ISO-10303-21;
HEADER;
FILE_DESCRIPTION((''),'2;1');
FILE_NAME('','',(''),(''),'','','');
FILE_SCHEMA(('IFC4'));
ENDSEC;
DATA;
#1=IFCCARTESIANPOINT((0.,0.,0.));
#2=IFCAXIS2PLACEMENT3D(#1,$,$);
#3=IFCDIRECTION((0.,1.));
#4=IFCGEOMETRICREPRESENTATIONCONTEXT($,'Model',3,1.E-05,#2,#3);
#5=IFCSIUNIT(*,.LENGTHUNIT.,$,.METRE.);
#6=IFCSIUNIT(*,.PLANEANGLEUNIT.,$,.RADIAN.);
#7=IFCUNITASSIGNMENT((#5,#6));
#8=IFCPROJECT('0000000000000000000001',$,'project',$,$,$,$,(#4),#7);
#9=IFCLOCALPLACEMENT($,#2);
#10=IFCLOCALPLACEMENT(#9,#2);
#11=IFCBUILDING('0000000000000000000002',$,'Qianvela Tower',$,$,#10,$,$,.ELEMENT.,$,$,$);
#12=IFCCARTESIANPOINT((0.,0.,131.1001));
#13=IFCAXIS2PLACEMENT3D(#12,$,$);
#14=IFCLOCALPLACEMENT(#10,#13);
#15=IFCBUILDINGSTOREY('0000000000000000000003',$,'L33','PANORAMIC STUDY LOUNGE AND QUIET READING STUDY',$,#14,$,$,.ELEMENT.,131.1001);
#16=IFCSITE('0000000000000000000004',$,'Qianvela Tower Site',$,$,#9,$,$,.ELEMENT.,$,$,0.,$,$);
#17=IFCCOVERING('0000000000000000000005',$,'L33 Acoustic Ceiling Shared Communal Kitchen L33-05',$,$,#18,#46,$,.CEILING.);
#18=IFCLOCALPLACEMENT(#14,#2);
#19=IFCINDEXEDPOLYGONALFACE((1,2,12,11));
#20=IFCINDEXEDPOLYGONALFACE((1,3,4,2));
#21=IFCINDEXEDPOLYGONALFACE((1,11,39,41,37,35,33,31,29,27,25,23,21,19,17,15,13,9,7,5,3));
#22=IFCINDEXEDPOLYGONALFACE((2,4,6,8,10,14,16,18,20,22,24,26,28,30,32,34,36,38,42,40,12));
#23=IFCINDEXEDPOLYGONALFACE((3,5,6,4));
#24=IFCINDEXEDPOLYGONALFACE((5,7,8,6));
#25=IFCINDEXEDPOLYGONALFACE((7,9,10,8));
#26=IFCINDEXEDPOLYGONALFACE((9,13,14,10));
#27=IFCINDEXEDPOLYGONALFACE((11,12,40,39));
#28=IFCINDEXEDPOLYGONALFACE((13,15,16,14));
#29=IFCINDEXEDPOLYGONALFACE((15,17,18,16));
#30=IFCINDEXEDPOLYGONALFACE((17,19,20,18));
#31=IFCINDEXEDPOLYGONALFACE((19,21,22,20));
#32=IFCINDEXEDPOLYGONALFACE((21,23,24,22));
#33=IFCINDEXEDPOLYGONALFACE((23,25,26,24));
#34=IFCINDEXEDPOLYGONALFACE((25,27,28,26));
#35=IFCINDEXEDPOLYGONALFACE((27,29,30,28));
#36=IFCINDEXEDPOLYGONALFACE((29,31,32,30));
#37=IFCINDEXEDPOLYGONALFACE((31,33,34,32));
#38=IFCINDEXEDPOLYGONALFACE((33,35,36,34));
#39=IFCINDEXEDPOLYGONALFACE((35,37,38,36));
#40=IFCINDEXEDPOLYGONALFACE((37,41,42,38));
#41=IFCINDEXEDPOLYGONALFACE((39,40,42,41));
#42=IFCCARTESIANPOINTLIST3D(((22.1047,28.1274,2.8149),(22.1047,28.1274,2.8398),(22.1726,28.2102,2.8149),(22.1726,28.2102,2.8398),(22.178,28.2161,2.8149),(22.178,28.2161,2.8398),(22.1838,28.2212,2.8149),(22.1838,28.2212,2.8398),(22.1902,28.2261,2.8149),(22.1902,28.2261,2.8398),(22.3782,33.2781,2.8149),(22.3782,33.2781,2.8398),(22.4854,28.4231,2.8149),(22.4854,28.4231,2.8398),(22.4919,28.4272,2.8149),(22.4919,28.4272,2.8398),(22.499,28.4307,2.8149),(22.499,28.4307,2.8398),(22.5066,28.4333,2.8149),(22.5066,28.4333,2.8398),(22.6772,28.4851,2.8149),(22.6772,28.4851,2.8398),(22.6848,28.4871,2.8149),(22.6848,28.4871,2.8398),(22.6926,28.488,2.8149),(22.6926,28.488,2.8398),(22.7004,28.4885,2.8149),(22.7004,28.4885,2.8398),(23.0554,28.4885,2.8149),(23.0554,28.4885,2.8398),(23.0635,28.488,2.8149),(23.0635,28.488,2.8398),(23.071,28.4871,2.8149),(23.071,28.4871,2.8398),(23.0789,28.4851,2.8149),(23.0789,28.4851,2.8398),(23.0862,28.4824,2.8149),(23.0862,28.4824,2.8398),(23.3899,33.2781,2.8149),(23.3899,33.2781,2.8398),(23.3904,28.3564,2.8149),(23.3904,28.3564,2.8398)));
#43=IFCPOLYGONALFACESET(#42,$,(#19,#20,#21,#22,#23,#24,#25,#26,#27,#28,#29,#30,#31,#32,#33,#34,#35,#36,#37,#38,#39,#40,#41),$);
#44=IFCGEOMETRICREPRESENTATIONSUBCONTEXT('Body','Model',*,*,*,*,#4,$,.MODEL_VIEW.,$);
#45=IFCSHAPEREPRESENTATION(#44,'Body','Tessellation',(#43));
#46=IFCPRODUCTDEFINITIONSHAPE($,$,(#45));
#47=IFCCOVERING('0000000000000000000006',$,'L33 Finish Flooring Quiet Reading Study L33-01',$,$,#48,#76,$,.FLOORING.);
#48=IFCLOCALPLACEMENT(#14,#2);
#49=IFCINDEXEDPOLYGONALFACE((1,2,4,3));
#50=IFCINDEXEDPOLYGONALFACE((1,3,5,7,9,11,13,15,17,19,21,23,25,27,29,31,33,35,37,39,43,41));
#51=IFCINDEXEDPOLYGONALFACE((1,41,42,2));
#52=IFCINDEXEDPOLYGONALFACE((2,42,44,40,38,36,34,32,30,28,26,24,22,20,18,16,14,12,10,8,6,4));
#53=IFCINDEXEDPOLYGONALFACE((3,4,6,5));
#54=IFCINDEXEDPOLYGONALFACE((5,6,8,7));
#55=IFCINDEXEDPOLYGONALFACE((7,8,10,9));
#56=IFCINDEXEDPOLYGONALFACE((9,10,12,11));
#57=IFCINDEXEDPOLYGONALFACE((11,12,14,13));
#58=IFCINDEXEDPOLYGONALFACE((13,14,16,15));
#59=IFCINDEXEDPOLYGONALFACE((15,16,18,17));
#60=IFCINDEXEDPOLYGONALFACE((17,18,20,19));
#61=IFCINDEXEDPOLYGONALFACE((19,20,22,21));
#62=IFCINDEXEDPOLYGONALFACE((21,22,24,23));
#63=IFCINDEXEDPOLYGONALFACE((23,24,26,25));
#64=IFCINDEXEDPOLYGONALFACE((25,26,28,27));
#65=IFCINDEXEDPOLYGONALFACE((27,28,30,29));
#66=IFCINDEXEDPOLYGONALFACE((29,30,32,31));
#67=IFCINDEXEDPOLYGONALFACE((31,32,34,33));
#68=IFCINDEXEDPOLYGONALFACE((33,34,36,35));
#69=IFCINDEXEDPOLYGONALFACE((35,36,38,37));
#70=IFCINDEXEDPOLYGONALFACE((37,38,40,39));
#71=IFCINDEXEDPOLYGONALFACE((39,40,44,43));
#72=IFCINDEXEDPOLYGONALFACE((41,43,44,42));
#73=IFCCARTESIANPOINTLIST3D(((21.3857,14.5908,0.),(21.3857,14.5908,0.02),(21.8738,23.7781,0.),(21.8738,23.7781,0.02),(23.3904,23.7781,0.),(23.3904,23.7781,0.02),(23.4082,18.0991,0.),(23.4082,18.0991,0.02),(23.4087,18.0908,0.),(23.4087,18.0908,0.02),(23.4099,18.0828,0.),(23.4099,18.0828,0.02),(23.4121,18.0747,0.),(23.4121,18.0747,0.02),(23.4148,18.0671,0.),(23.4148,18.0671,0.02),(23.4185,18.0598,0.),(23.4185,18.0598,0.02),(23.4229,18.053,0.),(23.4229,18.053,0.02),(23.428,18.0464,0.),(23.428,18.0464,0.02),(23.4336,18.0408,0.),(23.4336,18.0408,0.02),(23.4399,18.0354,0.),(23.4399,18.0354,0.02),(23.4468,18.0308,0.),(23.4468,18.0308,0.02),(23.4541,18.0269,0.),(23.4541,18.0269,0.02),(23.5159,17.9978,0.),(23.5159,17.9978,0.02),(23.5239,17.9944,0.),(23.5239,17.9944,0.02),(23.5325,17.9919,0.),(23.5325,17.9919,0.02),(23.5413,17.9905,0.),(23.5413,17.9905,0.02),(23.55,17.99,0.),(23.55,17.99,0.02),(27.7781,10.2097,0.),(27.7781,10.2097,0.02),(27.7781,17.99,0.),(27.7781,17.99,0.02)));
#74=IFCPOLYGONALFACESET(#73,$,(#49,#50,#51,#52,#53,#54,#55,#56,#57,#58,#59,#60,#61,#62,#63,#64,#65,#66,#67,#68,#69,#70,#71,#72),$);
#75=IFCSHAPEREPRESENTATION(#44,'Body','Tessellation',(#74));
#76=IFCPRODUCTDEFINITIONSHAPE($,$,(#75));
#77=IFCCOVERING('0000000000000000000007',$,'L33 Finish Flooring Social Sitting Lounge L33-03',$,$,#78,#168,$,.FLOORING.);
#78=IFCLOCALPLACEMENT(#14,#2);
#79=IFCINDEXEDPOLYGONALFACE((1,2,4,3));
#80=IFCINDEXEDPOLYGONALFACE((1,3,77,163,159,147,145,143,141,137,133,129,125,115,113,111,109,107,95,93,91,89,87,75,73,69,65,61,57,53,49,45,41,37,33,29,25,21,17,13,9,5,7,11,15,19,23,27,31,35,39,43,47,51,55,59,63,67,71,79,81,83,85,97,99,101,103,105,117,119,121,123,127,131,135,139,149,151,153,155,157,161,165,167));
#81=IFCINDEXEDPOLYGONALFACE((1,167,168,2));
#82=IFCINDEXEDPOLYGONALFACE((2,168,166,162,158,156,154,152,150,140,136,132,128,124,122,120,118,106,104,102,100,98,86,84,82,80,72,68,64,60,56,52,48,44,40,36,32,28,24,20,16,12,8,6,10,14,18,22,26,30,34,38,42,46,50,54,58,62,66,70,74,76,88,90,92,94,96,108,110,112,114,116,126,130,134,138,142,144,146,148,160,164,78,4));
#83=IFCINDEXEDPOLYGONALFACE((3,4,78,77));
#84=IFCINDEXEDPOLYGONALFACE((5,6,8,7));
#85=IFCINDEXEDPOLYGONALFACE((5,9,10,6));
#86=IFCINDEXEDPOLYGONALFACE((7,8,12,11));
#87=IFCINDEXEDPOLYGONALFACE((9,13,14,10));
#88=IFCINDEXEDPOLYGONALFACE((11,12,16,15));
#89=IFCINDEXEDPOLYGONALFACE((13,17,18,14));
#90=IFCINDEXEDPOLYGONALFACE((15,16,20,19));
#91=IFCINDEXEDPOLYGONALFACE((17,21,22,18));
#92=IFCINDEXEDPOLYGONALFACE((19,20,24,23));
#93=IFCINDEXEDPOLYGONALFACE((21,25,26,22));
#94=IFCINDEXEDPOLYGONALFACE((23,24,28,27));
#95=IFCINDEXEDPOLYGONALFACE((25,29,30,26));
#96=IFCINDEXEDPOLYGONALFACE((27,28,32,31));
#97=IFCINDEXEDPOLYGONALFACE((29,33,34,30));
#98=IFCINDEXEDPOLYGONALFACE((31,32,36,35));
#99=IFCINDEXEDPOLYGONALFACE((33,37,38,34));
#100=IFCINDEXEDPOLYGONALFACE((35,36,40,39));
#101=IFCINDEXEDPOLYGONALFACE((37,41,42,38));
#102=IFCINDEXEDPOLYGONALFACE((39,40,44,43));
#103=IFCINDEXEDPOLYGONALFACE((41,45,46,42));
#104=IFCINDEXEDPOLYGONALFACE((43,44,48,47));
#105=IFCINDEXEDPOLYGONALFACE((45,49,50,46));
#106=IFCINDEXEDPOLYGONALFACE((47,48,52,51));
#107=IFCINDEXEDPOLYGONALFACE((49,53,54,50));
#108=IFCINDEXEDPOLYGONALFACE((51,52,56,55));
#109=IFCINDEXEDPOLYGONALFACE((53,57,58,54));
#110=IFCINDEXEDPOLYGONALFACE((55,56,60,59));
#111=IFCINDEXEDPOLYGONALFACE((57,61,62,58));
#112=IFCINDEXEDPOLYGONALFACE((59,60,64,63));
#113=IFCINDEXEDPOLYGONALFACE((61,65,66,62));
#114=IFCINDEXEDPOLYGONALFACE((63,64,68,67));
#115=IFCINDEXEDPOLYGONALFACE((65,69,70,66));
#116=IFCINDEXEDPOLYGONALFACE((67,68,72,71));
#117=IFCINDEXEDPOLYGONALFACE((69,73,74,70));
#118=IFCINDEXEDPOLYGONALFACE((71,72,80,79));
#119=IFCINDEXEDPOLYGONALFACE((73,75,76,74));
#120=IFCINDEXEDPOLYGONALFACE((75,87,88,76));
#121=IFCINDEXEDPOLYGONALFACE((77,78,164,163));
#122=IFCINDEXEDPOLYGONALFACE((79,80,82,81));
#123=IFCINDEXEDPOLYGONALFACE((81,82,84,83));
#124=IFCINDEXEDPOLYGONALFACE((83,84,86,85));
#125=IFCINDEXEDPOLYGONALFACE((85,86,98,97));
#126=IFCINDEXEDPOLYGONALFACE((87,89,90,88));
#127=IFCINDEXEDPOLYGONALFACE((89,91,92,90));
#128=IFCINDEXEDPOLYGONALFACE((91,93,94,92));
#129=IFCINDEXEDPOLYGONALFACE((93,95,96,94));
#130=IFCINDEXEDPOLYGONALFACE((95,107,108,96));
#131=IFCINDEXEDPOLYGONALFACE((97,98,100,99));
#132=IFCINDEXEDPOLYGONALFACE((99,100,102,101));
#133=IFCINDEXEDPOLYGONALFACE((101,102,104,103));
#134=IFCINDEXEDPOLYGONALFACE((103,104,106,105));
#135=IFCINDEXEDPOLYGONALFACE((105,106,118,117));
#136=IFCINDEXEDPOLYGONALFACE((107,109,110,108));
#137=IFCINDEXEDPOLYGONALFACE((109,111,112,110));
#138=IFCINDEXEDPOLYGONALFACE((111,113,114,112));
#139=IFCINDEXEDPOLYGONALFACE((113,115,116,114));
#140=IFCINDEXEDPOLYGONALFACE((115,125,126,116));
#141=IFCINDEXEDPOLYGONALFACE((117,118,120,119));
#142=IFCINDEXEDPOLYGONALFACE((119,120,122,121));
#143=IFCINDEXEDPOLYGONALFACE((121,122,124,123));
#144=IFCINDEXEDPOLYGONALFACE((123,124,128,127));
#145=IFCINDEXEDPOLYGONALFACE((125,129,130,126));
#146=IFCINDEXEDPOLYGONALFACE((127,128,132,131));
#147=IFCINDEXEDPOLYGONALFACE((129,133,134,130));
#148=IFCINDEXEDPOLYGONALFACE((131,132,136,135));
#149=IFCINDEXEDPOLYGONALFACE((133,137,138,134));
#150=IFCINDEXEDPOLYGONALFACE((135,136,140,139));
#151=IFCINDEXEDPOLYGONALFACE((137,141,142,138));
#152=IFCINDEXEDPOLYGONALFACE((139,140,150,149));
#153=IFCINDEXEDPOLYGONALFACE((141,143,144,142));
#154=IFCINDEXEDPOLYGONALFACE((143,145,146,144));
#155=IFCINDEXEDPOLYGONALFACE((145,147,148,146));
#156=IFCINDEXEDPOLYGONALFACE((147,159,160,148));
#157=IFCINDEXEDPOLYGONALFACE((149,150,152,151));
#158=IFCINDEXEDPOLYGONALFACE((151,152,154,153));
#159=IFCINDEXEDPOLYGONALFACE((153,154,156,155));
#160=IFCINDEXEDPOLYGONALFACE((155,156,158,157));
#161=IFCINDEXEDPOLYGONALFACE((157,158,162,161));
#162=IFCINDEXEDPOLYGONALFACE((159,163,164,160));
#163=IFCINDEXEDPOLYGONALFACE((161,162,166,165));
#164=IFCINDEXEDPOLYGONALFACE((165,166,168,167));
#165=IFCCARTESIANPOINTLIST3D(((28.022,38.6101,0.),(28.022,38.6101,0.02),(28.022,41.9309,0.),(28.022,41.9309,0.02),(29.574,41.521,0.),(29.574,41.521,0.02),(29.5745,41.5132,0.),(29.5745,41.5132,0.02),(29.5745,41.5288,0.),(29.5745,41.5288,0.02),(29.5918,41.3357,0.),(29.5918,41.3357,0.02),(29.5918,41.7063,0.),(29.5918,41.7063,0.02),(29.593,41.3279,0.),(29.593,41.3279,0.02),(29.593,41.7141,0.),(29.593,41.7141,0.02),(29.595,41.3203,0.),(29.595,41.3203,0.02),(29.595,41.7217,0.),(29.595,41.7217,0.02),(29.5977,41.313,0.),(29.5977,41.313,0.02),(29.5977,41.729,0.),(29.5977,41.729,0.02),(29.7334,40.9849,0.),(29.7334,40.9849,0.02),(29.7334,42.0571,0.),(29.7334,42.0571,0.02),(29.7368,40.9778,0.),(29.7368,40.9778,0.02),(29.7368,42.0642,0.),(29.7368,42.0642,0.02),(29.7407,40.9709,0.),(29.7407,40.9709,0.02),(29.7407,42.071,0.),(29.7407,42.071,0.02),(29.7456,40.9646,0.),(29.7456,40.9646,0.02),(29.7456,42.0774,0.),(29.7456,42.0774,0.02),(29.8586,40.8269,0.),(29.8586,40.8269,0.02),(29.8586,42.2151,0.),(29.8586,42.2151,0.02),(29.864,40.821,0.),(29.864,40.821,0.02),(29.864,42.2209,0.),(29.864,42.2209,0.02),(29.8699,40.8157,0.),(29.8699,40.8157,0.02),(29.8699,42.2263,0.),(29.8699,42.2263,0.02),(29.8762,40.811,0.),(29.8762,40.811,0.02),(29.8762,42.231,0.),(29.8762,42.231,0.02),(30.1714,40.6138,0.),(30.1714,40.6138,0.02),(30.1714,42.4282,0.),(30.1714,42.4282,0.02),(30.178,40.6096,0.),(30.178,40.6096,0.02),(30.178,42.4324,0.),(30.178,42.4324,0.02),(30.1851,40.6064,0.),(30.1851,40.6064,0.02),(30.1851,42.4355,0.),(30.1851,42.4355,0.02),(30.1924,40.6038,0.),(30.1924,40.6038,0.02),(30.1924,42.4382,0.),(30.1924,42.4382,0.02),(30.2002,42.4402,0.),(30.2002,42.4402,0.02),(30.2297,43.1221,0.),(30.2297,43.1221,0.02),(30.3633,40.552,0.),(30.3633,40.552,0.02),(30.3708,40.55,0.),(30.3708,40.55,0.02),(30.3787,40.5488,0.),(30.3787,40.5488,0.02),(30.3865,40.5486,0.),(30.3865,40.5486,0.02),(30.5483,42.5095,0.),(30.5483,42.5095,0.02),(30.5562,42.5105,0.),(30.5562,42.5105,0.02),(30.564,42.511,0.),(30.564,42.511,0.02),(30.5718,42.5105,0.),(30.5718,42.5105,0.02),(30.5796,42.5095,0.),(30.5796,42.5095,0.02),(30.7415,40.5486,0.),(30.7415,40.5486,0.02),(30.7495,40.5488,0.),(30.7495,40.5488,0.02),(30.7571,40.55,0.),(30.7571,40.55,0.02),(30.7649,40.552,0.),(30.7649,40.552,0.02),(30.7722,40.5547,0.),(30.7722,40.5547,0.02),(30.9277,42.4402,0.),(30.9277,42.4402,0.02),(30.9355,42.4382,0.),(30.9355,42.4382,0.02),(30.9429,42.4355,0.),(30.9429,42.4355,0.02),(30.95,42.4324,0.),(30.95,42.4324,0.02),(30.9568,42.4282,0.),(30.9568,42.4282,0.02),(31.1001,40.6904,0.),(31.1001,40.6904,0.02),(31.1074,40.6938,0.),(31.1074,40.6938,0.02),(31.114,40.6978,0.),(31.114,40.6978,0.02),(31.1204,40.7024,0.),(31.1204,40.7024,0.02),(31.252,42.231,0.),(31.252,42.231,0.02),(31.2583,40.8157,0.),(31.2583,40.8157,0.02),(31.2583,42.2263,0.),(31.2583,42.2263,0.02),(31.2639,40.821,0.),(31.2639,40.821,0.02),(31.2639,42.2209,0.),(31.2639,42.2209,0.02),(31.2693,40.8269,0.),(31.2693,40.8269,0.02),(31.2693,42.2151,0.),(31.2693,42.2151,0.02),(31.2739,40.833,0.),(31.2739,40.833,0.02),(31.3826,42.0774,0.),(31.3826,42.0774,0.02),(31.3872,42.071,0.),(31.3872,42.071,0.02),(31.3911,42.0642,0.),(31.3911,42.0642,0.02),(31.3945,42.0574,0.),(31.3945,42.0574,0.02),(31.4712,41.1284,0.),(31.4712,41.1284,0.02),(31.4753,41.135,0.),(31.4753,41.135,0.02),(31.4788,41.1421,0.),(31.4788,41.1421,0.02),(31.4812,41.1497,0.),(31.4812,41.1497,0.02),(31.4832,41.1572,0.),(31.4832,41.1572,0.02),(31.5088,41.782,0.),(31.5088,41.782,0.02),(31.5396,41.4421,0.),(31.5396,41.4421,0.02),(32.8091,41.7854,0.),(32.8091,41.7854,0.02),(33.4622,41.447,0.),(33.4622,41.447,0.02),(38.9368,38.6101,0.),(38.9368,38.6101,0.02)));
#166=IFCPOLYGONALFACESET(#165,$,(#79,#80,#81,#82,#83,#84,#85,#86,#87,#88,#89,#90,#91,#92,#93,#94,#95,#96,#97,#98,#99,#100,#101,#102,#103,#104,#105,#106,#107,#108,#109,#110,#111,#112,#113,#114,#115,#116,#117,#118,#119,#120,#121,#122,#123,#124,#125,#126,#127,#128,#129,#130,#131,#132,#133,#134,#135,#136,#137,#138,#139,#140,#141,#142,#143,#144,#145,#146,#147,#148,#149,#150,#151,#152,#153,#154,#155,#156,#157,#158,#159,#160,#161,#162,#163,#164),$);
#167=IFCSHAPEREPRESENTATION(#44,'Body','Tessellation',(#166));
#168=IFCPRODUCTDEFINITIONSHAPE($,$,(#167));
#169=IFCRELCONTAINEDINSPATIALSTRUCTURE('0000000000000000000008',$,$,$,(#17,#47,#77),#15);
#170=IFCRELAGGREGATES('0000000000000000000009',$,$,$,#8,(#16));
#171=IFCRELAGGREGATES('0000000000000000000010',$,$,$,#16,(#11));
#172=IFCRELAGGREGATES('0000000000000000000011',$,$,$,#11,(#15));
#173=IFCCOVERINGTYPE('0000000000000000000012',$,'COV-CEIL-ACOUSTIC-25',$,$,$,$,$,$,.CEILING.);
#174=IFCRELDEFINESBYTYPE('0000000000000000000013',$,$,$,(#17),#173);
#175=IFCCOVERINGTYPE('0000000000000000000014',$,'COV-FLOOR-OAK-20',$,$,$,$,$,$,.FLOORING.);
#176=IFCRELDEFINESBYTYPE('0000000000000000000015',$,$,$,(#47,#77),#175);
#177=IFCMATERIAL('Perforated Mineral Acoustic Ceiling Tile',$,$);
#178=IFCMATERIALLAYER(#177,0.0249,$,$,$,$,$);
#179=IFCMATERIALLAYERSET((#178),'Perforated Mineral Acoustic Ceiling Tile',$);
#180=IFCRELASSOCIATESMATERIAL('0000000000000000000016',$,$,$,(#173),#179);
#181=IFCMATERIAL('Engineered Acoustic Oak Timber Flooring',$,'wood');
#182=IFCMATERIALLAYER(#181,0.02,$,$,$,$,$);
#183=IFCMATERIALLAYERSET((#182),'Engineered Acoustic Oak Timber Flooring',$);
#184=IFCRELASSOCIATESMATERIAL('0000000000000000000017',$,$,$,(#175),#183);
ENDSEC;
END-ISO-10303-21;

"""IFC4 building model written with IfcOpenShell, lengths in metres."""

from ifc_helpers import new_model, si_unit, direction, frame, origin, place, context, subcontext, project, spatial, polyline, outline, extrude, material, layer, layer_set, type_object, element, save


model = new_model("IFC4")

# Units and contexts
model_context = context("Model", 3, precision=1e-05, world=origin(), true_north=direction((0.0, 1.0)))
body_context = subcontext(model_context, "Body", "Model", "MODEL_VIEW")
ifc_project = project(units=[si_unit("LENGTHUNIT", "METRE"), si_unit("PLANEANGLEUNIT", "RADIAN")], contexts=[model_context])

# Site, building, storey
site_placement = place(None, origin())
site = spatial("IfcSite", under=ifc_project, at=site_placement, Name="Qianvela Tower Site", CompositionType="ELEMENT", RefElevation=0.0)
building_placement = place(site_placement, origin())
building = spatial("IfcBuilding", under=site, at=building_placement, Name="Qianvela Tower", CompositionType="ELEMENT")
storey_placement = place(building_placement, frame((0.0, 0.0, 131.1001)))
storey = spatial("IfcBuildingStorey", under=building, at=storey_placement, Name="L33", Description="PANORAMIC STUDY LOUNGE AND QUIET READING STUDY", CompositionType="ELEMENT", Elevation=131.1001)

# Coverings
ifc_material_1 = material(Name="Perforated Mineral Acoustic Ceiling Tile")
ifc_layer_1 = layer(ifc_material_1, 0.0249)
ifc_layer_set_1 = layer_set([ifc_layer_1], Name="Perforated Mineral Acoustic Ceiling Tile")
covering_type_1 = type_object("IfcCoveringType", Name="COV-CEIL-ACOUSTIC-25", PredefinedType="CEILING", material=ifc_layer_set_1)
covering_1_placement = place(storey_placement, frame((0.0, 0.0, 2.8149)))
element("IfcCovering", 1, at=covering_1_placement, inside=storey, type_object=covering_type_1, Name="L33 Acoustic Ceiling Shared Communal Kitchen L33-05", PredefinedType="CEILING", context=body_context, shape_type="SweptSolid", body=[
    extrude(outline(polyline([(22.1047, 28.1274), (22.3782, 33.2781), (23.3899, 33.2781), (23.3904, 28.3564), (23.0862, 28.4824), (23.0789, 28.4851), (23.071, 28.4871), (23.0635, 28.488), (23.0554, 28.4885), (22.7004, 28.4885), (22.6926, 28.488), (22.6848, 28.4871), (22.6772, 28.4851), (22.5066, 28.4333), (22.499, 28.4307), (22.4919, 28.4272), (22.4854, 28.4231), (22.1902, 28.2261), (22.1838, 28.2212), (22.178, 28.2161), (22.1726, 28.2102), (22.1047, 28.1274)])), origin(), (0.0, 0.0, 1.0), 0.0249),
])
ifc_material_2 = material(Name="Engineered Acoustic Oak Timber Flooring", Category="wood")
ifc_layer_2 = layer(ifc_material_2, 0.02)
ifc_layer_set_2 = layer_set([ifc_layer_2], Name="Engineered Acoustic Oak Timber Flooring")
covering_type_2 = type_object("IfcCoveringType", Name="COV-FLOOR-OAK-20", PredefinedType="FLOORING", material=ifc_layer_set_2)
covering_2_placement = place(storey_placement, origin())
element("IfcCovering", 2, at=covering_2_placement, inside=storey, type_object=covering_type_2, Name="L33 Finish Flooring Quiet Reading Study L33-01", PredefinedType="FLOORING", context=body_context, shape_type="SweptSolid", body=[
    extrude(outline(polyline([(21.8738, 23.7781), (23.3904, 23.7781), (23.4082, 18.0991), (23.4087, 18.0908), (23.4099, 18.0828), (23.4121, 18.0747), (23.4148, 18.0671), (23.4185, 18.0598), (23.4229, 18.053), (23.428, 18.0464), (23.4336, 18.0408), (23.4399, 18.0354), (23.4468, 18.0308), (23.4541, 18.0269), (23.5159, 17.9978), (23.5239, 17.9944), (23.5325, 17.9919), (23.5413, 17.9905), (23.55, 17.99), (27.7781, 17.99), (27.7781, 10.2097), (21.3857, 14.5908), (21.8738, 23.7781)])), origin(), (0.0, 0.0, 1.0), 0.02),
])
covering_3_placement = place(storey_placement, origin())
element("IfcCovering", 3, at=covering_3_placement, inside=storey, type_object=covering_type_2, Name="L33 Finish Flooring Social Sitting Lounge L33-03", PredefinedType="FLOORING", context=body_context, shape_type="SweptSolid", body=[
    extrude(outline(polyline([(28.022, 41.9309), (30.2297, 43.1221), (32.8091, 41.7854), (31.5088, 41.782), (31.3945, 42.0574), (31.3911, 42.0642), (31.3872, 42.071), (31.3826, 42.0774), (31.2693, 42.2151), (31.2639, 42.2209), (31.2583, 42.2263), (31.252, 42.231), (30.9568, 42.4282), (30.95, 42.4324), (30.9429, 42.4355), (30.9355, 42.4382), (30.9277, 42.4402), (30.5796, 42.5095), (30.5718, 42.5105), (30.564, 42.511), (30.5562, 42.5105), (30.5483, 42.5095), (30.2002, 42.4402), (30.1924, 42.4382), (30.1851, 42.4355), (30.178, 42.4324), (30.1714, 42.4282), (29.8762, 42.231), (29.8699, 42.2263), (29.864, 42.2209), (29.8586, 42.2151), (29.7456, 42.0774), (29.7407, 42.071), (29.7368, 42.0642), (29.7334, 42.0571), (29.5977, 41.729), (29.595, 41.7217), (29.593, 41.7141), (29.5918, 41.7063), (29.5745, 41.5288), (29.574, 41.521), (29.5745, 41.5132), (29.5918, 41.3357), (29.593, 41.3279), (29.595, 41.3203), (29.5977, 41.313), (29.7334, 40.9849), (29.7368, 40.9778), (29.7407, 40.9709), (29.7456, 40.9646), (29.8586, 40.8269), (29.864, 40.821), (29.8699, 40.8157), (29.8762, 40.811), (30.1714, 40.6138), (30.178, 40.6096), (30.1851, 40.6064), (30.1924, 40.6038), (30.3633, 40.552), (30.3708, 40.55), (30.3787, 40.5488), (30.3865, 40.5486), (30.7415, 40.5486), (30.7495, 40.5488), (30.7571, 40.55), (30.7649, 40.552), (30.7722, 40.5547), (31.1001, 40.6904), (31.1074, 40.6938), (31.114, 40.6978), (31.1204, 40.7024), (31.2583, 40.8157), (31.2639, 40.821), (31.2693, 40.8269), (31.2739, 40.833), (31.4712, 41.1284), (31.4753, 41.135), (31.4788, 41.1421), (31.4812, 41.1497), (31.4832, 41.1572), (31.5396, 41.4421), (33.4622, 41.447), (38.9368, 38.6101), (28.022, 38.6101), (28.022, 41.9309)])), origin(), (0.0, 0.0, 1.0), 0.02),
])

save(model, "model.ifc")
